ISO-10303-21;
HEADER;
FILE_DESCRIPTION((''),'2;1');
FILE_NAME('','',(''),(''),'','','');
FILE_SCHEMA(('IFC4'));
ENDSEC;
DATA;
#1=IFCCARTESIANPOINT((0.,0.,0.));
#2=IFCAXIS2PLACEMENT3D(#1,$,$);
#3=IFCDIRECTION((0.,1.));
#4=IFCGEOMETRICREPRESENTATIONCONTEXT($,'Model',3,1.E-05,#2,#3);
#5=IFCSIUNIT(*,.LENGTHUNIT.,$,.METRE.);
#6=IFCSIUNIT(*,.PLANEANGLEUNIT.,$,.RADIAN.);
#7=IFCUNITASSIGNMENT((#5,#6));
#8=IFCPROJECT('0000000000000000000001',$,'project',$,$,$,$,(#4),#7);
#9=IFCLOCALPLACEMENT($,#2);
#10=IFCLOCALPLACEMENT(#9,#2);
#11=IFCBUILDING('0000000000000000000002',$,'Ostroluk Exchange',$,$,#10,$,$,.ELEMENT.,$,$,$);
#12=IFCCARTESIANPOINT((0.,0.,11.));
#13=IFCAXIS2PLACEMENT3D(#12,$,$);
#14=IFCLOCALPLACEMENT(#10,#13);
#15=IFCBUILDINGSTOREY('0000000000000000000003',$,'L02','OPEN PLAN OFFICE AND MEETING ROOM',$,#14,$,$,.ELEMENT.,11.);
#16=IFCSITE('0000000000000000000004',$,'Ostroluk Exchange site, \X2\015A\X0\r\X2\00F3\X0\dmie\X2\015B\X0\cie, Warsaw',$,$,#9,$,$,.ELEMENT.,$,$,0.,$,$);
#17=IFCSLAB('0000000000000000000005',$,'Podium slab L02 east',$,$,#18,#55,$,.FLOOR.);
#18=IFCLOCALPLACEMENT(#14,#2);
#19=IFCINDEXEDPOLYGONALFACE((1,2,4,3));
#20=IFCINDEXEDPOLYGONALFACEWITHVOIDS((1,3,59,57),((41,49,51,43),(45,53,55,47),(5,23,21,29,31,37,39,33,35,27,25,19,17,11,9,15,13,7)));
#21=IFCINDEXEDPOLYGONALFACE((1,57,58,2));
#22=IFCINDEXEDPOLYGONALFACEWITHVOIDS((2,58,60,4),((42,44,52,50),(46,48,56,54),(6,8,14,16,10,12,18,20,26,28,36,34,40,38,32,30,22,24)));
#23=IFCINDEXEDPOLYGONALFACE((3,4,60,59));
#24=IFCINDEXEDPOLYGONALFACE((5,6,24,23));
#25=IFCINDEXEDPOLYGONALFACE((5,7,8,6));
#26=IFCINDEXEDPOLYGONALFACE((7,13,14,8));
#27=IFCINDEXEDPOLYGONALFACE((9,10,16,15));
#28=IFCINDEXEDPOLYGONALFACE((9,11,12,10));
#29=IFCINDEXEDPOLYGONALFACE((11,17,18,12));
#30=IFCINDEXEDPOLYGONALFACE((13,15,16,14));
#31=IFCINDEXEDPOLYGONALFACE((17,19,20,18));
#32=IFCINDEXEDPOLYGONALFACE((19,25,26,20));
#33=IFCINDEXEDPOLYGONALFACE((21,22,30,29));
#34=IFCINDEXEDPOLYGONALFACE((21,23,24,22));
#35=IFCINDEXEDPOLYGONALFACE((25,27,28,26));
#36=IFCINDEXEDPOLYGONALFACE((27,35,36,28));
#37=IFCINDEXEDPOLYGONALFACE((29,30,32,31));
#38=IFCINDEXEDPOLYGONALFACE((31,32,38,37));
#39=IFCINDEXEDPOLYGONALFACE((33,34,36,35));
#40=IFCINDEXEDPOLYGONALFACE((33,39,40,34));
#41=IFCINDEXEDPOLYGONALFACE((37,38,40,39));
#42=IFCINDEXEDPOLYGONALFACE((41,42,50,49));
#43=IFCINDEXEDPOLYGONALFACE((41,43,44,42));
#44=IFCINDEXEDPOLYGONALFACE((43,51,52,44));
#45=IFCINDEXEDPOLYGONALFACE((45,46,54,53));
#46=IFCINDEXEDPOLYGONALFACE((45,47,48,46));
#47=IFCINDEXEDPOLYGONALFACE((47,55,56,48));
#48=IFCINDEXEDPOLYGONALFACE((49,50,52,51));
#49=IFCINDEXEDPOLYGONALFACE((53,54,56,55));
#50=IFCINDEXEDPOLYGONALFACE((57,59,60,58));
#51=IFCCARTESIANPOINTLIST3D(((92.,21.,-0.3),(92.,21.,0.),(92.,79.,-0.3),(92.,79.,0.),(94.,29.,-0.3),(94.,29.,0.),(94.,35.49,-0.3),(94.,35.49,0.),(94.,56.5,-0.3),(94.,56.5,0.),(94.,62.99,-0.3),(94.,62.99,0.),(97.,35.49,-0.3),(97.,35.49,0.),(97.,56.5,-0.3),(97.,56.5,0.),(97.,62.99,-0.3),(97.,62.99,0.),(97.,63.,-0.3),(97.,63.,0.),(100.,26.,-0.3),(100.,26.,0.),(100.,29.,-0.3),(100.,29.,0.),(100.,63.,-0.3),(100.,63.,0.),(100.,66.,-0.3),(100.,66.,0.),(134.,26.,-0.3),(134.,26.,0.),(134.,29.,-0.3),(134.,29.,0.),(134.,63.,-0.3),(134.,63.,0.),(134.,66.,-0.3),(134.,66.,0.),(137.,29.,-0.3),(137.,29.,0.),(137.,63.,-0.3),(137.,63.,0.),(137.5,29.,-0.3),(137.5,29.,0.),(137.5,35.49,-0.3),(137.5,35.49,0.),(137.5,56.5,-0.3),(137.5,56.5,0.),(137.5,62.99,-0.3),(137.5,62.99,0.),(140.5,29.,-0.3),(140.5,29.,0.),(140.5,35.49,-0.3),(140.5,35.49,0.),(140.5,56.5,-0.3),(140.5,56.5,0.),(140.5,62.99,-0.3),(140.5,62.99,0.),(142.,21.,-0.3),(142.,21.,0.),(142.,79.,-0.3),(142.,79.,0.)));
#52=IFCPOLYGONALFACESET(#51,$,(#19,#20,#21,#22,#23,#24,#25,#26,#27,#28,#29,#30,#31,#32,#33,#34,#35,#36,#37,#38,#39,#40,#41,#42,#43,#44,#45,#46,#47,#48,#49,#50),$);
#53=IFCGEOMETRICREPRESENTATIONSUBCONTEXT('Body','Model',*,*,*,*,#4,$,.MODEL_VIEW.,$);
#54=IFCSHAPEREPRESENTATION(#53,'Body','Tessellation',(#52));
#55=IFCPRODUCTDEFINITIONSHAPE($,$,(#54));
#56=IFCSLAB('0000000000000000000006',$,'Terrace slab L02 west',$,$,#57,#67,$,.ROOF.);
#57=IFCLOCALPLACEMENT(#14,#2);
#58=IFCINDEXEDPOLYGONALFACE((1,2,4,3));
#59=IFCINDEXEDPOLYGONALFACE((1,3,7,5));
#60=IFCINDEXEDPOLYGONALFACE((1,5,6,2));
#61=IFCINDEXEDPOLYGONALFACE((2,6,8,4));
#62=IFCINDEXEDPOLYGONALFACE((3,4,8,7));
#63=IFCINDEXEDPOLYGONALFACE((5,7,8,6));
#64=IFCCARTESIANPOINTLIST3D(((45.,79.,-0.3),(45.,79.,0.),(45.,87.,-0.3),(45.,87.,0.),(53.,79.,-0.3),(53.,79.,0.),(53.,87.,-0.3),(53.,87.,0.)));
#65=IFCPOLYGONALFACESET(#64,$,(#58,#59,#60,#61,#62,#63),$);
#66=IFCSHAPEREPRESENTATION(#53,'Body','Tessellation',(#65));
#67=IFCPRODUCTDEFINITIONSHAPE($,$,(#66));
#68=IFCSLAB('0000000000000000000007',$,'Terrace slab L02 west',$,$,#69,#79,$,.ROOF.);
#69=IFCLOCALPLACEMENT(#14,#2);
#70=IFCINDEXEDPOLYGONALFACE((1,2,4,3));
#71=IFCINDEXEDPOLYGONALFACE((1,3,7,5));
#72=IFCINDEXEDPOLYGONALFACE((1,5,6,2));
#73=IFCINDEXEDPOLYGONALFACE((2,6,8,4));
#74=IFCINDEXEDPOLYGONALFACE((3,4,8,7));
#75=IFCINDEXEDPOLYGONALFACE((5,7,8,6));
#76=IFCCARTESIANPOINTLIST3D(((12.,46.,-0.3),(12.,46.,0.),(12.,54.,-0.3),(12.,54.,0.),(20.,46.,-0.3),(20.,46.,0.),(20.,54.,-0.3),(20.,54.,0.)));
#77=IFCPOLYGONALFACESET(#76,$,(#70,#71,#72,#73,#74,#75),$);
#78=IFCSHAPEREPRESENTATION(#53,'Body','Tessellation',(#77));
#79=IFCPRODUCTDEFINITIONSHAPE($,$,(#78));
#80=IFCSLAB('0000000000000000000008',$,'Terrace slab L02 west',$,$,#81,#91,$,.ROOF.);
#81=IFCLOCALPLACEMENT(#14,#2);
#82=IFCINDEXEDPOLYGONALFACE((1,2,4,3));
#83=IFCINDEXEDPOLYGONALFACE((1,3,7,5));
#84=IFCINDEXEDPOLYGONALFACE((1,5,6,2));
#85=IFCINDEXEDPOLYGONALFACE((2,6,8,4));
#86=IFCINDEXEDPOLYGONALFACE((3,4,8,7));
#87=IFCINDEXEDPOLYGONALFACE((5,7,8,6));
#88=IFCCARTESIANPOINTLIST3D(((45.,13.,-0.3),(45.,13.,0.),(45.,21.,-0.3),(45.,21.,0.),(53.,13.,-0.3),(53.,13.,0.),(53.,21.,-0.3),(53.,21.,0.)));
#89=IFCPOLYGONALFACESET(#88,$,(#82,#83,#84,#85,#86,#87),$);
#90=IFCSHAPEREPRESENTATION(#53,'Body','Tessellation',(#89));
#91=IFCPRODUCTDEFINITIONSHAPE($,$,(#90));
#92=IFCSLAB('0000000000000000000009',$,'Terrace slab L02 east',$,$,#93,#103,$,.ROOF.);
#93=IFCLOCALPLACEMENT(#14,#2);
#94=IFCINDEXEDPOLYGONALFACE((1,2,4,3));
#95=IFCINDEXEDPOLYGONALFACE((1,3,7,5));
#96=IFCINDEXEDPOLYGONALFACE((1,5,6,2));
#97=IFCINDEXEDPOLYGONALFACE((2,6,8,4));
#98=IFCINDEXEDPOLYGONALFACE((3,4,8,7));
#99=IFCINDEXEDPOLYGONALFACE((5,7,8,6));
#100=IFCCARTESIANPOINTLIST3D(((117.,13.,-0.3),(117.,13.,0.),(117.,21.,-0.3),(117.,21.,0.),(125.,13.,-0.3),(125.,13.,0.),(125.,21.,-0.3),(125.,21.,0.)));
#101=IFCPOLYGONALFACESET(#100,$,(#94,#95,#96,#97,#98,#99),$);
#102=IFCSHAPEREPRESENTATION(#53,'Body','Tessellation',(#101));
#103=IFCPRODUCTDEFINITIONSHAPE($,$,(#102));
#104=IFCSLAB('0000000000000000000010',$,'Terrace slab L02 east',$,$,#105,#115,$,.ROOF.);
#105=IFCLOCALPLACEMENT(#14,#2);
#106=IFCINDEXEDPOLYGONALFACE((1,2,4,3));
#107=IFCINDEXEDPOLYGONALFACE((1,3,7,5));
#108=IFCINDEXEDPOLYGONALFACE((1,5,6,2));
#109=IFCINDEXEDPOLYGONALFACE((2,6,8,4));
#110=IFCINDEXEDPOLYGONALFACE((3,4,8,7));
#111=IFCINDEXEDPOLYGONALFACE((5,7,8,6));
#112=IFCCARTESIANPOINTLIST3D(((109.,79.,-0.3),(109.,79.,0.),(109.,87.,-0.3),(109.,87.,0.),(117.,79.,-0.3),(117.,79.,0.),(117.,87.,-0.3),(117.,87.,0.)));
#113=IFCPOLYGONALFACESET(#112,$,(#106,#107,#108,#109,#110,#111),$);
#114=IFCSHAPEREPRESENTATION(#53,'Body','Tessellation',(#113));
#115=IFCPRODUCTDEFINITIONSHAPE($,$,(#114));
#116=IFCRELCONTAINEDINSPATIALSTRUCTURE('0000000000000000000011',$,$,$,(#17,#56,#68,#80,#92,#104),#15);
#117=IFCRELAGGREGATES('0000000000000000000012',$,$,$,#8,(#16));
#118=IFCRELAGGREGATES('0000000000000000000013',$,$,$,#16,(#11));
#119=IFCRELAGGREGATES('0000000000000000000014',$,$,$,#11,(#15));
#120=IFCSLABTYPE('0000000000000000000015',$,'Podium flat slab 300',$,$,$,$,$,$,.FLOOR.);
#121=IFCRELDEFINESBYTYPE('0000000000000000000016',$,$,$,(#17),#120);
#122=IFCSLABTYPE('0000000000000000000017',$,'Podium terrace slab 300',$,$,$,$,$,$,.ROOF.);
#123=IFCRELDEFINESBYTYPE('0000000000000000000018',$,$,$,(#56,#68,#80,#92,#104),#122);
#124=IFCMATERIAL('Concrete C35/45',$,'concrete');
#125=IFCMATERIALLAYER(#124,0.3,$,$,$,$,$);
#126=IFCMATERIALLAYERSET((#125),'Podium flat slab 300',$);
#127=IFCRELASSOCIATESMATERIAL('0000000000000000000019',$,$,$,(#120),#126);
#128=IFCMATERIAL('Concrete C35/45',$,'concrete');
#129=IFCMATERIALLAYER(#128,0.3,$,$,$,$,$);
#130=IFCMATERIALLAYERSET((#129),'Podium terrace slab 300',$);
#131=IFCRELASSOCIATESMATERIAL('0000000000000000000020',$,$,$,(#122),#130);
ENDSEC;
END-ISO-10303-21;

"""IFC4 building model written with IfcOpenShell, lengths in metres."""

from ifc_helpers import new_model, si_unit, direction, frame, origin, place, context, subcontext, project, spatial, polyline, outline, extrude, material, layer, layer_set, type_object, element, save


model = new_model("IFC4")

# Units and contexts
model_context = context("Model", 3, precision=1e-05, world=origin(), true_north=direction((0.0, 1.0)))
body_context = subcontext(model_context, "Body", "Model", "MODEL_VIEW")
ifc_project = project(units=[si_unit("LENGTHUNIT", "METRE"), si_unit("PLANEANGLEUNIT", "RADIAN")], contexts=[model_context])

# Site, building, storey
site_placement = place(None, origin())
site = spatial("IfcSite", under=ifc_project, at=site_placement, Name="Ostroluk Exchange site, Śródmieście, Warsaw", CompositionType="ELEMENT", RefElevation=0.0)
building_placement = place(site_placement, origin())
building = spatial("IfcBuilding", under=site, at=building_placement, Name="Ostroluk Exchange", CompositionType="ELEMENT")
storey_placement = place(building_placement, frame((0.0, 0.0, 11.0)))
storey = spatial("IfcBuildingStorey", under=building, at=storey_placement, Name="L02", Description="OPEN PLAN OFFICE AND MEETING ROOM", CompositionType="ELEMENT", Elevation=11.0)

# Slabs
ifc_material_1 = material(Name="Concrete C35/45", Category="concrete")
ifc_layer_1 = layer(ifc_material_1, 0.3)
ifc_layer_set_1 = layer_set([ifc_layer_1], Name="Podium flat slab 300")
slab_type_1 = type_object("IfcSlabType", Name="Podium flat slab 300", PredefinedType="FLOOR", material=ifc_layer_set_1)
slab_1_placement = place(storey_placement, frame((0.0, 0.0, -0.3)))
element("IfcSlab", 1, at=slab_1_placement, inside=storey, type_object=slab_type_1, Name="Podium slab L02 east", PredefinedType="FLOOR", context=body_context, shape_type="SweptSolid", body=[
    extrude(outline(polyline([(92.0, 79.0), (142.0, 79.0), (142.0, 21.0), (92.0, 21.0), (92.0, 79.0)]), holes=[polyline([(97.0, 63.0), (97.0, 62.99), (94.0, 62.99), (94.0, 56.5), (97.0, 56.5), (97.0, 35.49), (94.0, 35.49), (94.0, 29.0), (100.0, 29.0), (100.0, 26.0), (134.0, 26.0), (134.0, 29.0), (137.0, 29.0), (137.0, 63.0), (134.0, 63.0), (134.0, 66.0), (100.0, 66.0), (100.0, 63.0), (97.0, 63.0)]), polyline([(140.5, 29.0), (140.5, 35.49), (137.5, 35.49), (137.5, 29.0), (140.5, 29.0)]), polyline([(137.5, 56.5), (140.5, 56.5), (140.5, 62.99), (137.5, 62.99), (137.5, 56.5)])]), origin(), (0.0, 0.0, 1.0), 0.3),
])
ifc_material_2 = material(Name="Concrete C35/45", Category="concrete")
ifc_layer_2 = layer(ifc_material_2, 0.3)
ifc_layer_set_2 = layer_set([ifc_layer_2], Name="Podium terrace slab 300")
slab_type_2 = type_object("IfcSlabType", Name="Podium terrace slab 300", PredefinedType="ROOF", material=ifc_layer_set_2)
slab_2_placement = place(storey_placement, frame((0.0, 0.0, -0.3)))
element("IfcSlab", 2, at=slab_2_placement, inside=storey, type_object=slab_type_2, Name="Terrace slab L02 west", PredefinedType="ROOF", context=body_context, shape_type="SweptSolid", body=[
    extrude(outline(polyline([(53.0, 87.0), (53.0, 79.0), (45.0, 79.0), (45.0, 87.0), (53.0, 87.0)])), origin(), (0.0, 0.0, 1.0), 0.3),
])
slab_3_placement = place(storey_placement, frame((0.0, 0.0, -0.3)))
element("IfcSlab", 3, at=slab_3_placement, inside=storey, type_object=slab_type_2, Name="Terrace slab L02 west", PredefinedType="ROOF", context=body_context, shape_type="SweptSolid", body=[
    extrude(outline(polyline([(20.0, 46.0), (12.0, 46.0), (12.0, 54.0), (20.0, 54.0), (20.0, 46.0)])), origin(), (0.0, 0.0, 1.0), 0.3),
])
slab_4_placement = place(storey_placement, frame((0.0, 0.0, -0.3)))
element("IfcSlab", 4, at=slab_4_placement, inside=storey, type_object=slab_type_2, Name="Terrace slab L02 west", PredefinedType="ROOF", context=body_context, shape_type="SweptSolid", body=[
    extrude(outline(polyline([(53.0, 21.0), (53.0, 13.0), (45.0, 13.0), (45.0, 21.0), (53.0, 21.0)])), origin(), (0.0, 0.0, 1.0), 0.3),
])
slab_5_placement = place(storey_placement, frame((0.0, 0.0, -0.3)))
element("IfcSlab", 5, at=slab_5_placement, inside=storey, type_object=slab_type_2, Name="Terrace slab L02 east", PredefinedType="ROOF", context=body_context, shape_type="SweptSolid", body=[
    extrude(outline(polyline([(125.0, 21.0), (125.0, 13.0), (117.0, 13.0), (117.0, 21.0), (125.0, 21.0)])), origin(), (0.0, 0.0, 1.0), 0.3),
])
slab_6_placement = place(storey_placement, frame((0.0, 0.0, -0.3)))
element("IfcSlab", 6, at=slab_6_placement, inside=storey, type_object=slab_type_2, Name="Terrace slab L02 east", PredefinedType="ROOF", context=body_context, shape_type="SweptSolid", body=[
    extrude(outline(polyline([(117.0, 87.0), (117.0, 79.0), (109.0, 79.0), (109.0, 87.0), (117.0, 87.0)])), origin(), (0.0, 0.0, 1.0), 0.3),
])

save(model, "model.ifc")
